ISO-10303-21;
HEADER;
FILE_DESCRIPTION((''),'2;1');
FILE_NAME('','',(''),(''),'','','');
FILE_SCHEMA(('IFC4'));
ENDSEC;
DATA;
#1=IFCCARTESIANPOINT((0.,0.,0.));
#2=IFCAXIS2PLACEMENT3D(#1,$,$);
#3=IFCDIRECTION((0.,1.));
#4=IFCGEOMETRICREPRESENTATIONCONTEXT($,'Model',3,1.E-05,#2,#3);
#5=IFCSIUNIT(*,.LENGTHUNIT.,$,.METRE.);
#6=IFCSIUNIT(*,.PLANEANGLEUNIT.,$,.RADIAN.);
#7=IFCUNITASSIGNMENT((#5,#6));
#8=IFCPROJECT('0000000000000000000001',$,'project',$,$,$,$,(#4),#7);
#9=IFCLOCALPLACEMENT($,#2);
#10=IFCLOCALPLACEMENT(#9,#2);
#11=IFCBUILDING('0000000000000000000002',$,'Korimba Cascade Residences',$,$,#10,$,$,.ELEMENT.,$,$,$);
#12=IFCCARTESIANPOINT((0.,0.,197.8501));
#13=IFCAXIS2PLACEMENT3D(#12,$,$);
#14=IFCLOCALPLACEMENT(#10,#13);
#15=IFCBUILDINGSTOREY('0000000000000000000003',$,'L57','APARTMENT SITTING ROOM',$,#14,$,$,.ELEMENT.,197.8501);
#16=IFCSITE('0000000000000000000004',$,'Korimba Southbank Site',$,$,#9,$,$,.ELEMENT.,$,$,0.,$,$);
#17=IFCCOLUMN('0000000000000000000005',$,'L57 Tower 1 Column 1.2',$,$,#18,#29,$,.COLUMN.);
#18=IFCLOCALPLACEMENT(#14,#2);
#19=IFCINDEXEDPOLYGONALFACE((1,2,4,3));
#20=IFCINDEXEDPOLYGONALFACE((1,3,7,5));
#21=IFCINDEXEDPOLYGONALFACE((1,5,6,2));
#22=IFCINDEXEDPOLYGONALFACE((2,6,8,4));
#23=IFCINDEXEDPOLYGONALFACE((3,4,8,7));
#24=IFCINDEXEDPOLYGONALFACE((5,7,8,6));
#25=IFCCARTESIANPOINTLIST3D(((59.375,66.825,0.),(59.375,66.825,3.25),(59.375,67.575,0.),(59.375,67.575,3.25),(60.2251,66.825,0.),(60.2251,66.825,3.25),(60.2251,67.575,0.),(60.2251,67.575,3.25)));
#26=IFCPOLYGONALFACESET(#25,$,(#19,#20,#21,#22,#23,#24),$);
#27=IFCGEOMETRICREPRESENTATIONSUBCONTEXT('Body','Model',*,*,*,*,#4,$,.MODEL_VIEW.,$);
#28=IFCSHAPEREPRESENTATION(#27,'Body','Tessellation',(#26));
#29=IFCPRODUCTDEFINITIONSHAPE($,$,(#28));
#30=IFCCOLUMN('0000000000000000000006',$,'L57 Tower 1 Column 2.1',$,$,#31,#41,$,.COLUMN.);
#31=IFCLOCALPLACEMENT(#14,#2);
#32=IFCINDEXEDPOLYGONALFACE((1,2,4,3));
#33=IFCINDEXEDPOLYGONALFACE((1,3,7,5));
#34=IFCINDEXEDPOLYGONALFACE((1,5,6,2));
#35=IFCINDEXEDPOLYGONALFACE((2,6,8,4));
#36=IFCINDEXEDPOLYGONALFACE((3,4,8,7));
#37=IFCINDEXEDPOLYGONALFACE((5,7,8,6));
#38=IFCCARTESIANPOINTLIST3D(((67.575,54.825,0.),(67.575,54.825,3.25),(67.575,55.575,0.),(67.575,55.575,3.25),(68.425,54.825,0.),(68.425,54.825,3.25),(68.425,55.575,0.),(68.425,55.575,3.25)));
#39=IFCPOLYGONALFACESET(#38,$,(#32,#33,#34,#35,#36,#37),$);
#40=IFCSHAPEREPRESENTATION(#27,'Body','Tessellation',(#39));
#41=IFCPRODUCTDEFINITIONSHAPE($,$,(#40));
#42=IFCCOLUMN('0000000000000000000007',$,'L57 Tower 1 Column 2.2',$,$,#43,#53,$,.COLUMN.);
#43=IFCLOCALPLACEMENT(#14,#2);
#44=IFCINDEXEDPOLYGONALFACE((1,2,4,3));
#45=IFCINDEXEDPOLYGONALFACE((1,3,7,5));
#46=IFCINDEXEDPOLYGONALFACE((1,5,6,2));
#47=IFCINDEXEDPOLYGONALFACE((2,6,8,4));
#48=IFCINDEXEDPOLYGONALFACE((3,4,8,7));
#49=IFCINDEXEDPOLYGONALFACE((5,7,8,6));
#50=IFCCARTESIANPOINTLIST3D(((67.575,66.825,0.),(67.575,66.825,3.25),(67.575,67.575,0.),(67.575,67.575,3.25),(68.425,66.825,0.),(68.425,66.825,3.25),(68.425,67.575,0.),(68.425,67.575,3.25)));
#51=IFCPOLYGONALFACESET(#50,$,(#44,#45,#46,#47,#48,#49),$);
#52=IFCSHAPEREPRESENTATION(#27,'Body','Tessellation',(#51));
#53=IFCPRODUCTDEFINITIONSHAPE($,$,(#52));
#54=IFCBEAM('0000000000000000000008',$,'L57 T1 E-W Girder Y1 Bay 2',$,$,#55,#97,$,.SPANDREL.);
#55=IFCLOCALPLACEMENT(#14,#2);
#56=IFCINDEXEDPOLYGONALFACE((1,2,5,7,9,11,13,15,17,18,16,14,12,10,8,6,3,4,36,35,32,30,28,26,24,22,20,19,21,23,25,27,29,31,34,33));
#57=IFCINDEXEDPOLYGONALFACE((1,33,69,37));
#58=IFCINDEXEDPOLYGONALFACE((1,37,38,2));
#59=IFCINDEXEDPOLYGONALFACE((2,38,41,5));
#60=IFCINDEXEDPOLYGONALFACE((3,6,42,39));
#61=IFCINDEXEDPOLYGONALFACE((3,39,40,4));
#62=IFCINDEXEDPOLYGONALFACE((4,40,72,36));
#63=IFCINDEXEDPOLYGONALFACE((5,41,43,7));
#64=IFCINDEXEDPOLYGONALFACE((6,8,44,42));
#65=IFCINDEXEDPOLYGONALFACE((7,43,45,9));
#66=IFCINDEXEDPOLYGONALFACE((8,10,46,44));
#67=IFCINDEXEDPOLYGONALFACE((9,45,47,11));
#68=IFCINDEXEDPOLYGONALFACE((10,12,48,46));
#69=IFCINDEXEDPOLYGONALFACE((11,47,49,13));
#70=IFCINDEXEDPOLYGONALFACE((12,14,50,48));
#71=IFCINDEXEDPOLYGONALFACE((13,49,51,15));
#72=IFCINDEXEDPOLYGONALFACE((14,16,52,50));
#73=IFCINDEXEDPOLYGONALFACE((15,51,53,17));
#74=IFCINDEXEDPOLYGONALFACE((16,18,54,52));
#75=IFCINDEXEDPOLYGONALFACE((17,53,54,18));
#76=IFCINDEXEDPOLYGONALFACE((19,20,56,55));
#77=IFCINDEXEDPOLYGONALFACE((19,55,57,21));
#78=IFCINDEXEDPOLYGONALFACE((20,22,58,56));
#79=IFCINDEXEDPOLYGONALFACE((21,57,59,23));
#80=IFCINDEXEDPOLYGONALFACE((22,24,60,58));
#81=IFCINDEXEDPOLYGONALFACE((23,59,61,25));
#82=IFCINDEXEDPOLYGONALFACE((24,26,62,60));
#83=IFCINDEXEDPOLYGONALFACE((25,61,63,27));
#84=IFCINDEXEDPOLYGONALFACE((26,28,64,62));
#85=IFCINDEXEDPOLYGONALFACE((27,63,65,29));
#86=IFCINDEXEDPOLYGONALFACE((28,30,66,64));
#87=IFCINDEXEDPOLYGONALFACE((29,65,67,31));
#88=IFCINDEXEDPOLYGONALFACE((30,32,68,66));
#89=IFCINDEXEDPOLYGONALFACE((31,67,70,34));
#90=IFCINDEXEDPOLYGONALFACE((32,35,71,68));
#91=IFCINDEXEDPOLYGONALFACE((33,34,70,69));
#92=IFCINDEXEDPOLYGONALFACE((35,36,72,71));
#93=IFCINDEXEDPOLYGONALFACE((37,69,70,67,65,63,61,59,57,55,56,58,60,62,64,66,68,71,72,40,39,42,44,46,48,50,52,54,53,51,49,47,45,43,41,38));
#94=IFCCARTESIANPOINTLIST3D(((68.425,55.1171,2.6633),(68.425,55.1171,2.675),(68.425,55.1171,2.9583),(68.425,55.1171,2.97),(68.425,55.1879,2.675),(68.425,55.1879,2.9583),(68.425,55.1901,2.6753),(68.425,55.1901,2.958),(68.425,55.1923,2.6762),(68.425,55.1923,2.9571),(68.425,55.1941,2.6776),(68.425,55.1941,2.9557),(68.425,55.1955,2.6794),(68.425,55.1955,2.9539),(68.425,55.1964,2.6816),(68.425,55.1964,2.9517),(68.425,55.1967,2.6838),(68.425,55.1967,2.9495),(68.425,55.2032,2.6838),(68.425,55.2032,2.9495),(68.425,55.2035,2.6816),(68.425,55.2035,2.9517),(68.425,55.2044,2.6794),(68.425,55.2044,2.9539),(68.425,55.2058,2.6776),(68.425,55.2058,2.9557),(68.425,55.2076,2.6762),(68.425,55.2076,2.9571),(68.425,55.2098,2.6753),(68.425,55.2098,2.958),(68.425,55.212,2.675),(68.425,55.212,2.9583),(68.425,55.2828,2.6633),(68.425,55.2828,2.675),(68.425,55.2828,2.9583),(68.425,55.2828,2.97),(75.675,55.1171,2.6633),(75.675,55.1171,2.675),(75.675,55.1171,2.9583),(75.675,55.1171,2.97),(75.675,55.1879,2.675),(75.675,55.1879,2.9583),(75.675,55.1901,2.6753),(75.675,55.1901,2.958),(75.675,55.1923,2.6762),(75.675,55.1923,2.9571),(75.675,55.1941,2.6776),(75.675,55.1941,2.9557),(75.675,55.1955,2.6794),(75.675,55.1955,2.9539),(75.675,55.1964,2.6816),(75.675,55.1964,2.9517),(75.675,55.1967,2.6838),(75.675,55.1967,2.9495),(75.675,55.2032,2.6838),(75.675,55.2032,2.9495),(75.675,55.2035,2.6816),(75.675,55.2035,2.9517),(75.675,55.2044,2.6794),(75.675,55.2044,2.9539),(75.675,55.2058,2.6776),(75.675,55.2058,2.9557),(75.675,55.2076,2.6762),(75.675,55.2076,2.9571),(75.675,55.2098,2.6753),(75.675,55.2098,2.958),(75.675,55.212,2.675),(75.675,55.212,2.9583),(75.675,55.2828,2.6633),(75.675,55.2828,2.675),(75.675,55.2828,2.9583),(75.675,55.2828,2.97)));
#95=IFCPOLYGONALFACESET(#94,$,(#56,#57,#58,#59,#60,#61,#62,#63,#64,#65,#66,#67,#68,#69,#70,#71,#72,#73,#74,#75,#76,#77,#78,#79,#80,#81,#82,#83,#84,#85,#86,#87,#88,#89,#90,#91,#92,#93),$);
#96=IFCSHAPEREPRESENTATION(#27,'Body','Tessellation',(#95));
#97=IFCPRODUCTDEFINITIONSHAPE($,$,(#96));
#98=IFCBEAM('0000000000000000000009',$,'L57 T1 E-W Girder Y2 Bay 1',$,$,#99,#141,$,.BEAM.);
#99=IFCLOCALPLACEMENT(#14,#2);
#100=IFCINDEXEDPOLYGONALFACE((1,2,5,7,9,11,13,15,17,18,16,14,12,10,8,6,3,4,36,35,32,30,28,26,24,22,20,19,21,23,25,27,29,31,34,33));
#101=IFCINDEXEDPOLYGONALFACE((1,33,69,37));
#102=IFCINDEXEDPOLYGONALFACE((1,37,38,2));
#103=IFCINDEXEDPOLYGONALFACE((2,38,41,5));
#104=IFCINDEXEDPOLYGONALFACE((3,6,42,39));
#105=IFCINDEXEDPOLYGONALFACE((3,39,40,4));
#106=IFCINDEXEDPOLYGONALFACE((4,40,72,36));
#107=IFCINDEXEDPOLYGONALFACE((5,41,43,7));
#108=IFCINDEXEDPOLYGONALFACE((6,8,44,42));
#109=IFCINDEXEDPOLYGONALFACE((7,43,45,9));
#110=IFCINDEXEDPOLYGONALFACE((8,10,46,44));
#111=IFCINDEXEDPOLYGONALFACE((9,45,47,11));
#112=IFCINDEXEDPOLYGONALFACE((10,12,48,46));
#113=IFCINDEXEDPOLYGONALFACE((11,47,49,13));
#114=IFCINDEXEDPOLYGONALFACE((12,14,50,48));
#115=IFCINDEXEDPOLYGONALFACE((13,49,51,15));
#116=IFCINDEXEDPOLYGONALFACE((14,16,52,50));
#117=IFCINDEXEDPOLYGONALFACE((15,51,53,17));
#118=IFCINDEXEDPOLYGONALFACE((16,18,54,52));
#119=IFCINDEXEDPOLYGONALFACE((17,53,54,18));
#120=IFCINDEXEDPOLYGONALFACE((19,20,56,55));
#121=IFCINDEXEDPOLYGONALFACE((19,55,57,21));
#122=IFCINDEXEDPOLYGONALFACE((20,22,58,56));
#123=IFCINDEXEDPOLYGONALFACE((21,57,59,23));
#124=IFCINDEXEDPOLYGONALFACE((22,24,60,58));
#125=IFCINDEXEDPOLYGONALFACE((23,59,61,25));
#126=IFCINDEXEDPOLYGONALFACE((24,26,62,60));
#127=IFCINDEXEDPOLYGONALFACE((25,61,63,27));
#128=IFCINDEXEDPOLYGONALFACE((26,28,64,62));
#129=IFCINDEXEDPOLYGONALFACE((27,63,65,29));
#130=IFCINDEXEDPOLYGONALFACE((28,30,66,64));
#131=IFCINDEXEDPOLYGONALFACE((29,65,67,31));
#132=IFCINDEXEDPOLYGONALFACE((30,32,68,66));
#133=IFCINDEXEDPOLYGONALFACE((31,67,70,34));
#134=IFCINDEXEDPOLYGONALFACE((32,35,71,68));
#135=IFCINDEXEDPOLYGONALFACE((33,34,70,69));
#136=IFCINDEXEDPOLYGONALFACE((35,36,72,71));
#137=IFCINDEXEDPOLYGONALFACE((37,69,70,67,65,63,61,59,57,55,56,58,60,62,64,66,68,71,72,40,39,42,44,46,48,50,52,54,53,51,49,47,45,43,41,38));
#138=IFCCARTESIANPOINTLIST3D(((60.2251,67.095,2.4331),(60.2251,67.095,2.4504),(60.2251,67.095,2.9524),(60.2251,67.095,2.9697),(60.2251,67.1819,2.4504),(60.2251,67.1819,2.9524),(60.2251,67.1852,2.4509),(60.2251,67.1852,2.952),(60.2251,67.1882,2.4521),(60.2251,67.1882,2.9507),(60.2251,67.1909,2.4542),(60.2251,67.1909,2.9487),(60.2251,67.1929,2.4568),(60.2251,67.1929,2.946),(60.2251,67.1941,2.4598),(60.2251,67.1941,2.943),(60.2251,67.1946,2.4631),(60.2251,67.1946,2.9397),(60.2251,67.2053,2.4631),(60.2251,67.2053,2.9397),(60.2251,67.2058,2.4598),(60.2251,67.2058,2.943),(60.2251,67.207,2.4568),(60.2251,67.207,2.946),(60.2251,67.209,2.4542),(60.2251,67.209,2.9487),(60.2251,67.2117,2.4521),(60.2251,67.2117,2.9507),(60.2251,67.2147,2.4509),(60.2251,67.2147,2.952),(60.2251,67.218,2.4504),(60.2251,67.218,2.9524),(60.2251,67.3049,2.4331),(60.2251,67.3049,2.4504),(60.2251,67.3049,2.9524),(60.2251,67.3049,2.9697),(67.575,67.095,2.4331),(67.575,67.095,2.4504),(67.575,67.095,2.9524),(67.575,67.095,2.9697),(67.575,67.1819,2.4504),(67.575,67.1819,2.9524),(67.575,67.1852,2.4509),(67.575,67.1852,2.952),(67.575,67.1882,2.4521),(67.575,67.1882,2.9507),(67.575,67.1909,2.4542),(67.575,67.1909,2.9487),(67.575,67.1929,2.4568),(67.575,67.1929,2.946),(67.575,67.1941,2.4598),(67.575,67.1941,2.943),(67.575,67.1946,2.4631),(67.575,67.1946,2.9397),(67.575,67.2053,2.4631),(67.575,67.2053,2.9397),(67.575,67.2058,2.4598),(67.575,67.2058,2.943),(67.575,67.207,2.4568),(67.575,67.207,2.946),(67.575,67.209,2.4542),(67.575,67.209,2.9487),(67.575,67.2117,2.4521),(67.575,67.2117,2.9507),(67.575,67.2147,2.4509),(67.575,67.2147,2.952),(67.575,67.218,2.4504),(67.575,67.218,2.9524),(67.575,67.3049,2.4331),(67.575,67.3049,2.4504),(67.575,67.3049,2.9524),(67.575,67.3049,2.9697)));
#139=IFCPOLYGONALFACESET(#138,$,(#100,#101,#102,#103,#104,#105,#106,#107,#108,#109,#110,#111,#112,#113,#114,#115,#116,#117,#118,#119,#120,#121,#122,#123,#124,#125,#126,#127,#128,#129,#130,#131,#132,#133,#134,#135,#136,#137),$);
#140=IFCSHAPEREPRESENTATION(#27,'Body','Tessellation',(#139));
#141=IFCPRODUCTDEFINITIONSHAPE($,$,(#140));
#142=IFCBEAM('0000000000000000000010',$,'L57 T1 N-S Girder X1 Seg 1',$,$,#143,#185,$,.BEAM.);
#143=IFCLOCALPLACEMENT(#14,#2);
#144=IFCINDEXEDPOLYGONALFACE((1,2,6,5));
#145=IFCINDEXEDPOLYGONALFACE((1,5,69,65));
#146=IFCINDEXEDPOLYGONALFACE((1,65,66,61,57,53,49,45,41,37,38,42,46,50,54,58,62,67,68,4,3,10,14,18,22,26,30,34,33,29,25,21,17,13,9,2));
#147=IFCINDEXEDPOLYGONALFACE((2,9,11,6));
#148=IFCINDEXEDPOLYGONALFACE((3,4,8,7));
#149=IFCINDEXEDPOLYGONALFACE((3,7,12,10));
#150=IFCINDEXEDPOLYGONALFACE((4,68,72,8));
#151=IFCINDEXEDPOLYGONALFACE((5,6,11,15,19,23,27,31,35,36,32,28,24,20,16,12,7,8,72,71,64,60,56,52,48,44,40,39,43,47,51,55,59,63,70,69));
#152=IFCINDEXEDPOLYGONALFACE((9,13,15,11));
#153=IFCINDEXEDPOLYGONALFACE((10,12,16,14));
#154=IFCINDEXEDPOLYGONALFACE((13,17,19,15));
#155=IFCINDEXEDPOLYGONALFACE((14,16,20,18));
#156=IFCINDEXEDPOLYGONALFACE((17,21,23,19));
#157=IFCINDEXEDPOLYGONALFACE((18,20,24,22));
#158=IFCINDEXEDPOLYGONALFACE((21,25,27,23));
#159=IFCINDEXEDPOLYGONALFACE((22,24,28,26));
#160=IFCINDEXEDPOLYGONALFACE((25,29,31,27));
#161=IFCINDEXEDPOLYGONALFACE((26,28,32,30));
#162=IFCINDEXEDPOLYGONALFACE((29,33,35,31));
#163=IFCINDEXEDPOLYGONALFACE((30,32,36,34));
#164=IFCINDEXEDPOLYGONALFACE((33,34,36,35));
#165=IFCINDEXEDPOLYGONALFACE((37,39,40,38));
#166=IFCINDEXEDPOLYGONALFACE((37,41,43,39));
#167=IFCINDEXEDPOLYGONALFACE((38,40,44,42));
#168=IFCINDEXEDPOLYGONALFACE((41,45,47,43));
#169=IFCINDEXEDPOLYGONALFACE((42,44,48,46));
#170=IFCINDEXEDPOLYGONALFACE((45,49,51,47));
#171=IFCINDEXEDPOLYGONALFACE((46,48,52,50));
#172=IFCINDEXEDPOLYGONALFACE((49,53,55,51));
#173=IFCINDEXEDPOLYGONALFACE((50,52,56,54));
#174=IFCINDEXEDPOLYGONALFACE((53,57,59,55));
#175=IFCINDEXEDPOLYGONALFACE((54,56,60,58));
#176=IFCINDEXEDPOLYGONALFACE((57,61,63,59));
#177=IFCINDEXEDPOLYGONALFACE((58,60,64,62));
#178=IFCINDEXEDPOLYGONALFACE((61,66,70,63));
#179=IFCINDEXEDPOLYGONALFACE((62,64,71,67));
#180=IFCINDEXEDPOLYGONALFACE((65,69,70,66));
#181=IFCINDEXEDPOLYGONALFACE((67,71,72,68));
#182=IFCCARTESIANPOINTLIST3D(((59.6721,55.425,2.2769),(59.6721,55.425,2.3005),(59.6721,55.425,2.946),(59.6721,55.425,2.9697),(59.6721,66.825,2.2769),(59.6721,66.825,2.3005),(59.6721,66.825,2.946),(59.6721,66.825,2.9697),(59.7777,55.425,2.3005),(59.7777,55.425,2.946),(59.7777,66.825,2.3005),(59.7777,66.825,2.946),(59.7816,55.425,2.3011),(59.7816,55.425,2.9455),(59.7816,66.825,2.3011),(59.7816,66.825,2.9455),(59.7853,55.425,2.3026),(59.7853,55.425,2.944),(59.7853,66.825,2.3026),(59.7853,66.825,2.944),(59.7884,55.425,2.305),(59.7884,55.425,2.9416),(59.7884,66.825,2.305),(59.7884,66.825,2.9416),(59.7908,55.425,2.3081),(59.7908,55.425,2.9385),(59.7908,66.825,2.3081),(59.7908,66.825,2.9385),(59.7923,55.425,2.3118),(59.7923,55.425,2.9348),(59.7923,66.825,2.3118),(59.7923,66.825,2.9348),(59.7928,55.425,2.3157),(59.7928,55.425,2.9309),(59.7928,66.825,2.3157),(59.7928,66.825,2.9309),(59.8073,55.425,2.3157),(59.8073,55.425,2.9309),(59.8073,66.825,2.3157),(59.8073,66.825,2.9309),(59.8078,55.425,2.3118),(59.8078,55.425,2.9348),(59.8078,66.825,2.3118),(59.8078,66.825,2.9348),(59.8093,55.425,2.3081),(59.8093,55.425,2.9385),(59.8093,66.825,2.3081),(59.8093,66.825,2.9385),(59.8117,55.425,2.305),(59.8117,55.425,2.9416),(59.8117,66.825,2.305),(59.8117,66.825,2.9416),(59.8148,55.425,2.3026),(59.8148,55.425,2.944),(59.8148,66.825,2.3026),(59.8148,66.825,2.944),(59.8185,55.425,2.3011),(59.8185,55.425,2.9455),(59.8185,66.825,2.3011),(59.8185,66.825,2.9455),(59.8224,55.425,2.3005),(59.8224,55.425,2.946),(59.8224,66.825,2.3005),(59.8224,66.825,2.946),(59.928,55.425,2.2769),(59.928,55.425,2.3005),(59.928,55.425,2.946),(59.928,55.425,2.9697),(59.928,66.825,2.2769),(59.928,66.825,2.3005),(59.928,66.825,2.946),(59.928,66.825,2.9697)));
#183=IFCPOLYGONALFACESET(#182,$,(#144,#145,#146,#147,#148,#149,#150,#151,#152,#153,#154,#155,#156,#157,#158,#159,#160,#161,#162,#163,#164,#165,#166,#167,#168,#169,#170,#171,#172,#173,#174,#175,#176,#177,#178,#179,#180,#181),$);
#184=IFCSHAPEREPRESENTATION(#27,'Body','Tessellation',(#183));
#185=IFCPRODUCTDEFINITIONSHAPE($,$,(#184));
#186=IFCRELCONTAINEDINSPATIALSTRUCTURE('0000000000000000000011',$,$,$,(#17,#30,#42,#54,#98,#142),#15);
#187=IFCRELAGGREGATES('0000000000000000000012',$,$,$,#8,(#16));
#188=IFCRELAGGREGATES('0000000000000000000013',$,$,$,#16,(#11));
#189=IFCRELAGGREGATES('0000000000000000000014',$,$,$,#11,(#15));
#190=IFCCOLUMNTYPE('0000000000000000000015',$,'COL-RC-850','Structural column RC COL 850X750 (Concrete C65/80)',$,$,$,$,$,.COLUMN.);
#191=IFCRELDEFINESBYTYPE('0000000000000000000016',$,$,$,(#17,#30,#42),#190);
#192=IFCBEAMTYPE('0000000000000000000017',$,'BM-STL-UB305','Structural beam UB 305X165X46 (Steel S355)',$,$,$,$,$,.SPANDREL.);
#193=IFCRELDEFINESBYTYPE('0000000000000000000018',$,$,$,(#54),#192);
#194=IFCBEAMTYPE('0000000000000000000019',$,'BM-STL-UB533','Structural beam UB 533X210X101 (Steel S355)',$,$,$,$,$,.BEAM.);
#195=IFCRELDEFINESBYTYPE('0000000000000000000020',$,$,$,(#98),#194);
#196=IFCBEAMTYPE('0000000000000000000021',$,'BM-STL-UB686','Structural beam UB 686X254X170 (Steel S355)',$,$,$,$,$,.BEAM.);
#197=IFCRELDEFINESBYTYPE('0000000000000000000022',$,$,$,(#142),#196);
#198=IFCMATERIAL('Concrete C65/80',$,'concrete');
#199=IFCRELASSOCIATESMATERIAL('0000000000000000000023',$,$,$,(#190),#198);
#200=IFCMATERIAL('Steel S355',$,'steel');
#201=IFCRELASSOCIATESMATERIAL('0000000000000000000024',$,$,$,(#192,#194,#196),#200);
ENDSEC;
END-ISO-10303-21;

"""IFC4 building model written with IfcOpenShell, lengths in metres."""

from ifc_helpers import new_model, si_unit, direction, frame, origin, origin_2d, place, context, subcontext, project, spatial, rectangle, i_section, extrude, material, material_profile, profile_set, type_object, element, save


model = new_model("IFC4")

# Units and contexts
model_context = context("Model", 3, precision=1e-05, world=origin(), true_north=direction((0.0, 1.0)))
body_context = subcontext(model_context, "Body", "Model", "MODEL_VIEW")
ifc_project = project(units=[si_unit("LENGTHUNIT", "METRE"), si_unit("PLANEANGLEUNIT", "RADIAN")], contexts=[model_context])

# Site, building, storey
site_placement = place(None, origin())
site = spatial("IfcSite", under=ifc_project, at=site_placement, Name="Korimba Southbank Site", CompositionType="ELEMENT", RefElevation=0.0)
building_placement = place(site_placement, origin())
building = spatial("IfcBuilding", under=site, at=building_placement, Name="Korimba Cascade Residences", CompositionType="ELEMENT")
storey_placement = place(building_placement, frame((0.0, 0.0, 197.8501)))
storey = spatial("IfcBuildingStorey", under=building, at=storey_placement, Name="L57", Description="APARTMENT SITTING ROOM", CompositionType="ELEMENT", Elevation=197.8501)

# Columns
ifc_material_1 = material(Name="Concrete C65/80", Category="concrete")
ifc_material_profile_1 = material_profile(ifc_material_1, rectangle(XDim=0.8501, YDim=0.75, at=origin_2d()), Name="Concrete C65/80")
ifc_profile_set_1 = profile_set([ifc_material_profile_1], Name="Concrete C65/80")
column_type = type_object("IfcColumnType", Name="COL-RC-850", Description="Structural column RC COL 850X750 (Concrete C65/80)", PredefinedType="COLUMN", material=ifc_profile_set_1)
for number, where, z_axis, x_axis, name in (
    (1, (59.8, 67.2, 0.0), (0.0, 0.0, 1.0), (1.0, 0.0, 0.0), "L57 Tower 1 Column 1.2"),
    (2, (68.0, 55.2, 0.0), (0.0, 0.0, 1.0), (1.0, 0.0, 0.0), "L57 Tower 1 Column 2.1"),
    (3, (68.0, 67.2, 0.0), (0.0, 0.0, 1.0), (1.0, 0.0, 0.0), "L57 Tower 1 Column 2.2"),
):
    element("IfcColumn", number, at=place(storey_placement, frame(where, z_axis=z_axis, x_axis=x_axis)), inside=storey, type_object=column_type, Name=name, PredefinedType="COLUMN", context=body_context, shape_type="SweptSolid", body=[
        extrude(rectangle(XDim=0.8501, YDim=0.75, at=origin_2d()), origin(), (0.0, 0.0, 1.0), 3.25),
    ])

# Beams
ifc_material_2 = material(Name="Steel S355", Category="steel")
ifc_material_profile_2 = material_profile(ifc_material_2, i_section(OverallWidth=0.1658, OverallDepth=0.3066, WebThickness=0.0066, FlangeThickness=0.0117, FilletRadius=0.0088, at=origin_2d()), Name="Steel S355")
ifc_profile_set_2 = profile_set([ifc_material_profile_2], Name="Steel S355")
beam_type_1 = type_object("IfcBeamType", Name="BM-STL-UB305", Description="Structural beam UB 305X165X46 (Steel S355)", PredefinedType="SPANDREL", material=ifc_profile_set_2)
beam_1_placement = place(storey_placement, frame((68.425, 55.2, 2.8167), z_axis=(1.0, 0.0, 0.0), x_axis=(0.0, 1.0, 0.0)))
element("IfcBeam", 4, at=beam_1_placement, inside=storey, type_object=beam_type_1, Name="L57 T1 E-W Girder Y1 Bay 2", PredefinedType="SPANDREL", context=body_context, shape_type="SweptSolid", body=[
    extrude(i_section(OverallWidth=0.1658, OverallDepth=0.3066, WebThickness=0.0066, FlangeThickness=0.0117, FilletRadius=0.0088, at=origin_2d()), origin(), (0.0, 0.0, 1.0), 7.25),
])
ifc_material_profile_3 = material_profile(ifc_material_2, i_section(OverallWidth=0.21, OverallDepth=0.5366, WebThickness=0.0107, FlangeThickness=0.0173, FilletRadius=0.0127, at=origin_2d()), Name="Steel S355")
ifc_profile_set_3 = profile_set([ifc_material_profile_3], Name="Steel S355")
beam_type_2 = type_object("IfcBeamType", Name="BM-STL-UB533", Description="Structural beam UB 533X210X101 (Steel S355)", PredefinedType="BEAM", material=ifc_profile_set_3)
beam_2_placement = place(storey_placement, frame((60.2251, 67.2, 2.7014), z_axis=(1.0, 0.0, 0.0), x_axis=(0.0, 1.0, 0.0)))
element("IfcBeam", 5, at=beam_2_placement, inside=storey, type_object=beam_type_2, Name="L57 T1 E-W Girder Y2 Bay 1", PredefinedType="BEAM", context=body_context, shape_type="SweptSolid", body=[
    extrude(i_section(OverallWidth=0.21, OverallDepth=0.5366, WebThickness=0.0107, FlangeThickness=0.0173, FilletRadius=0.0127, at=origin_2d()), origin(), (0.0, 0.0, 1.0), 7.3499),
])
ifc_material_profile_4 = material_profile(ifc_material_2, i_section(OverallWidth=0.2559, OverallDepth=0.6929, WebThickness=0.0144, FlangeThickness=0.0237, FilletRadius=0.0151, at=origin_2d()), Name="Steel S355")
ifc_profile_set_4 = profile_set([ifc_material_profile_4], Name="Steel S355")
beam_type_3 = type_object("IfcBeamType", Name="BM-STL-UB686", Description="Structural beam UB 686X254X170 (Steel S355)", PredefinedType="BEAM", material=ifc_profile_set_4)
beam_3_placement = place(storey_placement, frame((59.8, 55.425, 2.6233), z_axis=(0.0, 1.0, 0.0), x_axis=(-1.0, 0.0, 0.0)))
element("IfcBeam", 6, at=beam_3_placement, inside=storey, type_object=beam_type_3, Name="L57 T1 N-S Girder X1 Seg 1", PredefinedType="BEAM", context=body_context, shape_type="SweptSolid", body=[
    extrude(i_section(OverallWidth=0.2559, OverallDepth=0.6929, WebThickness=0.0144, FlangeThickness=0.0237, FilletRadius=0.0151, at=origin_2d()), origin(), (0.0, 0.0, 1.0), 11.3999),
])

save(model, "model.ifc")
